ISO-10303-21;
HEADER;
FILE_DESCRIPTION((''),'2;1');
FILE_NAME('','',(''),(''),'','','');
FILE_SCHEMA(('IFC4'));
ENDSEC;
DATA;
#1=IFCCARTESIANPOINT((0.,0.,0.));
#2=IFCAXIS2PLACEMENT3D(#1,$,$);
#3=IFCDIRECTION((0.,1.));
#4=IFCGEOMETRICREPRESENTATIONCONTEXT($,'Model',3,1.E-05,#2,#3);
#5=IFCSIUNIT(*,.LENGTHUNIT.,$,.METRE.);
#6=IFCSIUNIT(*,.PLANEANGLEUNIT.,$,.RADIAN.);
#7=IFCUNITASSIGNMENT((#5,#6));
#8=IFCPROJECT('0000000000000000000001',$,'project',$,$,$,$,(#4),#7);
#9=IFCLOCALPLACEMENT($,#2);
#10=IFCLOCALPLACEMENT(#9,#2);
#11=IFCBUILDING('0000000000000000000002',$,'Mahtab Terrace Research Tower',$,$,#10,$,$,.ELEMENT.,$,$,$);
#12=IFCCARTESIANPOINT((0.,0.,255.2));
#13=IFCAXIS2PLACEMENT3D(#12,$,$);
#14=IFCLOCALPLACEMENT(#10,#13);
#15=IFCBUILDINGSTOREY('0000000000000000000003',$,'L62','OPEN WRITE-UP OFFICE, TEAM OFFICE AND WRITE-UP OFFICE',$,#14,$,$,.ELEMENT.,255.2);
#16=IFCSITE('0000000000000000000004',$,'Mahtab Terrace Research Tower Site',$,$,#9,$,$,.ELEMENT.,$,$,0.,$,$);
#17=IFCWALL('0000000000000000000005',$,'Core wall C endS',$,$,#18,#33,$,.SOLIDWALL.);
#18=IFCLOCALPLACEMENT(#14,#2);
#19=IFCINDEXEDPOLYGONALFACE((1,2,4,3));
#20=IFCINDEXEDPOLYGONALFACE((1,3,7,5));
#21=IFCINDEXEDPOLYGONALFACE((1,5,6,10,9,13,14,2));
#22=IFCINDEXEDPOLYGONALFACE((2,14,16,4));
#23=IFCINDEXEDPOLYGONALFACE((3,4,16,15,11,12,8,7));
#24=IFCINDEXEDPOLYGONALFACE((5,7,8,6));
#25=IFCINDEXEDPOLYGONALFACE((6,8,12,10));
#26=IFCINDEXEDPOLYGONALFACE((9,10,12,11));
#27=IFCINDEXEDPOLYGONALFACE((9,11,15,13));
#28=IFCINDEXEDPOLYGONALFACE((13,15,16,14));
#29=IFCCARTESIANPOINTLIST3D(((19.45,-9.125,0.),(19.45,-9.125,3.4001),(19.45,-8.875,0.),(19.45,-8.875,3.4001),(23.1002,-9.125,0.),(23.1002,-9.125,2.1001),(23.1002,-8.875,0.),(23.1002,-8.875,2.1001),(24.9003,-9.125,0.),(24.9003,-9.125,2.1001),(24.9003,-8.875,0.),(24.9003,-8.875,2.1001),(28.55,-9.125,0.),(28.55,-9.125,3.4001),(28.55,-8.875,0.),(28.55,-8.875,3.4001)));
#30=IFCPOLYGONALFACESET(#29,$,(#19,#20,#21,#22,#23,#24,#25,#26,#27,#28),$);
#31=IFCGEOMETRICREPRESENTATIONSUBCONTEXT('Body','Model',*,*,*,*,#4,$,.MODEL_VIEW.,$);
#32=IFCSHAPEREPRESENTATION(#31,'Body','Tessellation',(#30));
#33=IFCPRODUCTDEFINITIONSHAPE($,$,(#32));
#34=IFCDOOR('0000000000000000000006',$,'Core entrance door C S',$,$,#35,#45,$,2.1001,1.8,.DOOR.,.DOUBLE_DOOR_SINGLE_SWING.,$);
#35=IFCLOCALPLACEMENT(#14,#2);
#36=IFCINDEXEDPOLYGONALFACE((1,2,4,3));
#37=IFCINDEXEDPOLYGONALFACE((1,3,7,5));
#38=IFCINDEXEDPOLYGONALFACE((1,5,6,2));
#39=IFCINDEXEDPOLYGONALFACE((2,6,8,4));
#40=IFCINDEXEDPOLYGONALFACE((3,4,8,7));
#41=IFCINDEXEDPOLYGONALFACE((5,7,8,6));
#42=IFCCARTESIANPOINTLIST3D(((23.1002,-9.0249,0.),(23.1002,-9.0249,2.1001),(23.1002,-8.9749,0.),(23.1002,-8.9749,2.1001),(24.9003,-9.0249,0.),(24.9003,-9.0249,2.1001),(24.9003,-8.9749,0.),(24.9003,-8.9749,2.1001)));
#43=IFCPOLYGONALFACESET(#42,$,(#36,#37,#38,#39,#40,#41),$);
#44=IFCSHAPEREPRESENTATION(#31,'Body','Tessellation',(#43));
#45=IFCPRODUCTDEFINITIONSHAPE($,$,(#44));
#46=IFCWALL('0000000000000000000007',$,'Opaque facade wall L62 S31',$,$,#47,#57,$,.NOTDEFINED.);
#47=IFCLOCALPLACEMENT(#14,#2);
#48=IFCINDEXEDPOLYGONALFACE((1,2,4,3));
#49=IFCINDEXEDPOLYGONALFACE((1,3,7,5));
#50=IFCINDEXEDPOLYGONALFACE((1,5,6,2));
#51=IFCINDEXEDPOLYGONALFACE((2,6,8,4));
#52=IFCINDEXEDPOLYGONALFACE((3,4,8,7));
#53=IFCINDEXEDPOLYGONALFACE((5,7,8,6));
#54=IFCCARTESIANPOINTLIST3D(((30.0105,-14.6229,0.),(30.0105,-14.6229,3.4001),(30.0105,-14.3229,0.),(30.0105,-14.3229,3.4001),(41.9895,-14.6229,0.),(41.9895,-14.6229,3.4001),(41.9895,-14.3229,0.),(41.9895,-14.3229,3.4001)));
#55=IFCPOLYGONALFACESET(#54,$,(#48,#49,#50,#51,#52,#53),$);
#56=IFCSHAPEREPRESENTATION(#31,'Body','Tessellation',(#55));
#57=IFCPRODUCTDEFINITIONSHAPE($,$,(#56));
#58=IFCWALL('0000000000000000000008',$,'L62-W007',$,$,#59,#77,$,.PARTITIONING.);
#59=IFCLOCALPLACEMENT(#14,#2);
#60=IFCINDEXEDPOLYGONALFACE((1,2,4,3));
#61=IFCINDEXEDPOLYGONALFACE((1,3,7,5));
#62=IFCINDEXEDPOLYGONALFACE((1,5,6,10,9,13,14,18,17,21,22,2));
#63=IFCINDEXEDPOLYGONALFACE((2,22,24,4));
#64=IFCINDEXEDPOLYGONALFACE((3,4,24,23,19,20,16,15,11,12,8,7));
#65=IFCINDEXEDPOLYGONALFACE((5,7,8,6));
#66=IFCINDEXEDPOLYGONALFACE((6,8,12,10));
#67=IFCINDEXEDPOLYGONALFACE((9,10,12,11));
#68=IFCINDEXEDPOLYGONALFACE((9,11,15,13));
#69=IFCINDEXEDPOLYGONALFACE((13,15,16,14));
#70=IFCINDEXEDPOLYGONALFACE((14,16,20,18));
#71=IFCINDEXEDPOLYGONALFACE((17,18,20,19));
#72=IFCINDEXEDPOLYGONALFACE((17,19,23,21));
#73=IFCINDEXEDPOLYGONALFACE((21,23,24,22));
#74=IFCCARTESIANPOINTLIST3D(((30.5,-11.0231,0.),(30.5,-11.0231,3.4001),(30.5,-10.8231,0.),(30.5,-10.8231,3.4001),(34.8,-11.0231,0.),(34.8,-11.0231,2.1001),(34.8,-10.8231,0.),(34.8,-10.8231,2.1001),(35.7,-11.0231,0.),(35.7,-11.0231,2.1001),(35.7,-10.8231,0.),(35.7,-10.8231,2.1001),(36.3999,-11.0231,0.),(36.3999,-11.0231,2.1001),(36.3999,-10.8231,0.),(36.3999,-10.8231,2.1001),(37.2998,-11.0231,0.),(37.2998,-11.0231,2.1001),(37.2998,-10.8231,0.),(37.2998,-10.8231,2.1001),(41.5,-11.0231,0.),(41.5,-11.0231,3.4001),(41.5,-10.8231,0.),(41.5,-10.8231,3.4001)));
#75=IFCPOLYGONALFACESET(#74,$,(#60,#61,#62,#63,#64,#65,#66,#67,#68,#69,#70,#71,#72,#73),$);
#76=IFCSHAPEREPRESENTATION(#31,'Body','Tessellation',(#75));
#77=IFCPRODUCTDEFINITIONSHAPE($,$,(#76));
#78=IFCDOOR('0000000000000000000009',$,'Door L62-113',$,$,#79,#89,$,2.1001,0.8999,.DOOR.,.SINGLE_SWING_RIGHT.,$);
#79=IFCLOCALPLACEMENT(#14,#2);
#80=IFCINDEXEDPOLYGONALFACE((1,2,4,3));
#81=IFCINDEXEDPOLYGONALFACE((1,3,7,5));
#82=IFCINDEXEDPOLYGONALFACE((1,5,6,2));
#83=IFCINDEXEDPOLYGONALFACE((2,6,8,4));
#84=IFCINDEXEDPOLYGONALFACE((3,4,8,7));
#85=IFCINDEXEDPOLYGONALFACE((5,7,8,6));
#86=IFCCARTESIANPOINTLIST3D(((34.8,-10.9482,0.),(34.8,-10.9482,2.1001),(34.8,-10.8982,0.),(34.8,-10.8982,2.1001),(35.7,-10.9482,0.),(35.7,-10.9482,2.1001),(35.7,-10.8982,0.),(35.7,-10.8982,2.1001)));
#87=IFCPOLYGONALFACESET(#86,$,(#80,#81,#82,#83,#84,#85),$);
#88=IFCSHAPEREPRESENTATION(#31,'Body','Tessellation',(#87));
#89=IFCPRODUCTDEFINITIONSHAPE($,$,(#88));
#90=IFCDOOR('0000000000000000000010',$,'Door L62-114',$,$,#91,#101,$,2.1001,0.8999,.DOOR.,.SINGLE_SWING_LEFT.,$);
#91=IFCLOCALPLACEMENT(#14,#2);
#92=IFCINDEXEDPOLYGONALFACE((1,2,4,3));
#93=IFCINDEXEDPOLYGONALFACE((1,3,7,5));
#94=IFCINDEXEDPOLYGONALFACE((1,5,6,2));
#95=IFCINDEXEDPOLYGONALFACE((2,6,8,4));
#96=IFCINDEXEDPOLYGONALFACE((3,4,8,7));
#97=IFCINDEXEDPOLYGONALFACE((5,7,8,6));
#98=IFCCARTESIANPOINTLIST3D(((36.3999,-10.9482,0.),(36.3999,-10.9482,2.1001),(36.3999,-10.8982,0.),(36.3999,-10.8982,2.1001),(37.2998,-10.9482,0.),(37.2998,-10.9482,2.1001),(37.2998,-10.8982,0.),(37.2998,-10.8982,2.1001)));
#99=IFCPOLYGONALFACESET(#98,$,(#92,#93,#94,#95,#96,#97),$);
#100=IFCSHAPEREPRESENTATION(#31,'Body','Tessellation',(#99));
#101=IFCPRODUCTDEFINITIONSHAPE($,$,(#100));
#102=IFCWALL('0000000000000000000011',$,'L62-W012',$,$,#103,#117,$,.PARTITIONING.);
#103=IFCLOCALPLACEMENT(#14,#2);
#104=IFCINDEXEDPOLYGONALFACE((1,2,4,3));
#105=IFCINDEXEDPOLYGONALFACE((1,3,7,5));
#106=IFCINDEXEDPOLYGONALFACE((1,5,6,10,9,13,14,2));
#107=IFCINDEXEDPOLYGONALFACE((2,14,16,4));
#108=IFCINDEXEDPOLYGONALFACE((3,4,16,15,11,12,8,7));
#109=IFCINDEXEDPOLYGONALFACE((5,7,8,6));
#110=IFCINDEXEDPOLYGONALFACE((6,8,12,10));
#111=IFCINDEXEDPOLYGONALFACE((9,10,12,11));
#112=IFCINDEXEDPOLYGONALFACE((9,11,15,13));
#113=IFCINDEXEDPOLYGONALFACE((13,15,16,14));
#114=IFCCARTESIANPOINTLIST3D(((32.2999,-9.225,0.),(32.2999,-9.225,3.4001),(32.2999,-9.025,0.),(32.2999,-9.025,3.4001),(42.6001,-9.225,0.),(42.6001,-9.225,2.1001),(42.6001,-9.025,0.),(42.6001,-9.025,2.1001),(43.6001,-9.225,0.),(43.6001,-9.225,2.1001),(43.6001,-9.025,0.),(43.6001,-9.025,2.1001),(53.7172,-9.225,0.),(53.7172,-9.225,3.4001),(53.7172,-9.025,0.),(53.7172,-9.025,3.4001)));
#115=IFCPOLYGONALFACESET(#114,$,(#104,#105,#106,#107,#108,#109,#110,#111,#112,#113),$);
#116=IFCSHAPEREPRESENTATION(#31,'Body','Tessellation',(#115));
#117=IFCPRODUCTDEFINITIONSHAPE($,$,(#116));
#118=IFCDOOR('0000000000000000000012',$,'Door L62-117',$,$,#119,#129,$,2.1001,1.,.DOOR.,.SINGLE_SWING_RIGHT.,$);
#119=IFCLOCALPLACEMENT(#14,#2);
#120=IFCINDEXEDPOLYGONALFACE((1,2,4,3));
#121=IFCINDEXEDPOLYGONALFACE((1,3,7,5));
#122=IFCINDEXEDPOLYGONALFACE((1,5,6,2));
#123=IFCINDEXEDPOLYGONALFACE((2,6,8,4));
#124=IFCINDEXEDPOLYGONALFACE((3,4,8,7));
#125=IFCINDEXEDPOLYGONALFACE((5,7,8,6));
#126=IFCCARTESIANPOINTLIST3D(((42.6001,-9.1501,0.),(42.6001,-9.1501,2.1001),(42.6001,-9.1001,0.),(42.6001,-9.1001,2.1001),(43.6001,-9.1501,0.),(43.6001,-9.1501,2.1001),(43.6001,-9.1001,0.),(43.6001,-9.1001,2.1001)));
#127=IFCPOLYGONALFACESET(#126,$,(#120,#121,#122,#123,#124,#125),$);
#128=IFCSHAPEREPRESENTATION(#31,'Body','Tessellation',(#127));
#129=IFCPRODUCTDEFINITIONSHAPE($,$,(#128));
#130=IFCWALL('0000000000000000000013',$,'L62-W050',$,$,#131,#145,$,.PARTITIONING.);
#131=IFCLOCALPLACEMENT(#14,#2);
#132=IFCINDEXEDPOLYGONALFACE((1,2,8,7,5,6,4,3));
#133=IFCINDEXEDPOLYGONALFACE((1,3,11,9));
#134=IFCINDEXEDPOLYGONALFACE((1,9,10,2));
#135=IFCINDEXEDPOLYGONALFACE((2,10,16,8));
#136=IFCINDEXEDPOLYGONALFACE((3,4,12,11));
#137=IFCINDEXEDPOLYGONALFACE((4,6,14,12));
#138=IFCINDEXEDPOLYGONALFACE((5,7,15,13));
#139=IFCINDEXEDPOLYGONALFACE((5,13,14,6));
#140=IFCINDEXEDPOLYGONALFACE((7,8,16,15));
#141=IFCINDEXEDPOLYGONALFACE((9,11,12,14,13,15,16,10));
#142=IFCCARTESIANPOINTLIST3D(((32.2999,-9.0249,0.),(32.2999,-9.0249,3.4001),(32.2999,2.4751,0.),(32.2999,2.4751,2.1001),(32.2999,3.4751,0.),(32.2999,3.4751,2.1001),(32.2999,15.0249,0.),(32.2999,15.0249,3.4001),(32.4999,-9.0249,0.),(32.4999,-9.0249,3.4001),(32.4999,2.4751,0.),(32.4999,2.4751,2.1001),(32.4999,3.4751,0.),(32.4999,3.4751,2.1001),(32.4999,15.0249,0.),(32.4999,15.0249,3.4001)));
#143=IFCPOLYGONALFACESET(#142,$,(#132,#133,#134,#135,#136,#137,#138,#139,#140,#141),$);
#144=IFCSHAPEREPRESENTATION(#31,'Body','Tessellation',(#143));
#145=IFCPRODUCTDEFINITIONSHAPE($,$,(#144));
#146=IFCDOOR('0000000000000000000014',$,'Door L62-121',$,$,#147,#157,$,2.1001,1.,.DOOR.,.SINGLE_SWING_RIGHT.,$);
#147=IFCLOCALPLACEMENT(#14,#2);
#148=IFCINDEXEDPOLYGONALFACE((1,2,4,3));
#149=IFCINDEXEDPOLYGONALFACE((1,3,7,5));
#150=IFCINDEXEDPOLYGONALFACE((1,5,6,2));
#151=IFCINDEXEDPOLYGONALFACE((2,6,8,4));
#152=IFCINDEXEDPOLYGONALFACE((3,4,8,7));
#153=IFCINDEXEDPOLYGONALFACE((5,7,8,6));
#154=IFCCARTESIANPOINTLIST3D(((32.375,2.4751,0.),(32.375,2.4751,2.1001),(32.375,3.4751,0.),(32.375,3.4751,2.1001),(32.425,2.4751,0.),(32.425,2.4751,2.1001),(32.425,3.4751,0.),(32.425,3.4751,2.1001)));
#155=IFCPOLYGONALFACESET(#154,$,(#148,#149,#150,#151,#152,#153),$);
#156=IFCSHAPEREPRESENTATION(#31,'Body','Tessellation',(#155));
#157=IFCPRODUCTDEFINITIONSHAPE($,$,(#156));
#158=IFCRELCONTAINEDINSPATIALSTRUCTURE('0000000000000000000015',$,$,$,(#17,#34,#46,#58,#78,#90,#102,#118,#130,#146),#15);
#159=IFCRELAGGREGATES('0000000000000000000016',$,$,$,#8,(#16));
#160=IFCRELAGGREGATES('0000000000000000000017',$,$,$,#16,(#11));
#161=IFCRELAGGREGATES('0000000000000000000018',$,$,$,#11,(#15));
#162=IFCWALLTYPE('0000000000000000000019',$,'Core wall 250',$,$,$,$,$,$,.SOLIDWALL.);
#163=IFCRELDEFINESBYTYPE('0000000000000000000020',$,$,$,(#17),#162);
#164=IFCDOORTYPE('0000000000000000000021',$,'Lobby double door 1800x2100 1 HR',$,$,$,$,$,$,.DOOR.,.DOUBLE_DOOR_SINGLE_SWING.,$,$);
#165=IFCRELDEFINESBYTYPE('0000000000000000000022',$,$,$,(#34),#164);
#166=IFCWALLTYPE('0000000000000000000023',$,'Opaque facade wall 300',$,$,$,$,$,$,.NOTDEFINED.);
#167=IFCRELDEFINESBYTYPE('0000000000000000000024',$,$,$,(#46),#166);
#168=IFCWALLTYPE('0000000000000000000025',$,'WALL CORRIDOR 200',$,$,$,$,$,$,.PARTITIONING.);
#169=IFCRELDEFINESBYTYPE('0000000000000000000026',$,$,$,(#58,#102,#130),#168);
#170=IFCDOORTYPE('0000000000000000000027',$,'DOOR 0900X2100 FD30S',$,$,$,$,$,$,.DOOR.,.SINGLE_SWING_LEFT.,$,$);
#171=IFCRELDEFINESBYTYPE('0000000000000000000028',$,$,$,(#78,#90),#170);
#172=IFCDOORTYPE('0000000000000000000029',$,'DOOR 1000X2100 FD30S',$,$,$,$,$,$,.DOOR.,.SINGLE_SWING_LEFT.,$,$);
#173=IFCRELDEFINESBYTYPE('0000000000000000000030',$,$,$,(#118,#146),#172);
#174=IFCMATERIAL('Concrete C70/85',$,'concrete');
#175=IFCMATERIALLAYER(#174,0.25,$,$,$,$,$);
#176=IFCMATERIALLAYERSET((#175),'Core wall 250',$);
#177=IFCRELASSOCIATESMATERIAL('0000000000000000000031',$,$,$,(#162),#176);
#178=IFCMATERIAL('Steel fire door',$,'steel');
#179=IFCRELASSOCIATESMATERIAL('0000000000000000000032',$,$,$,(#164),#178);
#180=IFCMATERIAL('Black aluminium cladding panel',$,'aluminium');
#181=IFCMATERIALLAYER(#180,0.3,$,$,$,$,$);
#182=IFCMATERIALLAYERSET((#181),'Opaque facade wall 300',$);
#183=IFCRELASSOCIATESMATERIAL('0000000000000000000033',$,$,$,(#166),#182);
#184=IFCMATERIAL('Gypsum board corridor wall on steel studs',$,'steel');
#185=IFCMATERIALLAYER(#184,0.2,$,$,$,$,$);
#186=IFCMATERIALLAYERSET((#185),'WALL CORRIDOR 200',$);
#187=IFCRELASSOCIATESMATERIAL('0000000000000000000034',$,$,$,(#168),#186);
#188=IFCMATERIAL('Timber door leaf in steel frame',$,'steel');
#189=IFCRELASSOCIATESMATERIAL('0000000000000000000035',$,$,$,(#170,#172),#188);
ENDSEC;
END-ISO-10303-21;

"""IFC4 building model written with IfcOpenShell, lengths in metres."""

from ifc_helpers import new_model, si_unit, direction, frame, frame_2d, origin, place, context, subcontext, project, spatial, rectangle, extrude, material, layer, layer_set, type_object, element, fill, save


model = new_model("IFC4")

# Units and contexts
model_context = context("Model", 3, precision=1e-05, world=origin(), true_north=direction((0.0, 1.0)))
body_context = subcontext(model_context, "Body", "Model", "MODEL_VIEW")
ifc_project = project(units=[si_unit("LENGTHUNIT", "METRE"), si_unit("PLANEANGLEUNIT", "RADIAN")], contexts=[model_context])

# Site, building, storey
site_placement = place(None, origin())
site = spatial("IfcSite", under=ifc_project, at=site_placement, Name="Mahtab Terrace Research Tower Site", CompositionType="ELEMENT", RefElevation=0.0)
building_placement = place(site_placement, origin())
building = spatial("IfcBuilding", under=site, at=building_placement, Name="Mahtab Terrace Research Tower", CompositionType="ELEMENT")
storey_placement = place(building_placement, frame((0.0, 0.0, 255.2)))
storey = spatial("IfcBuildingStorey", under=building, at=storey_placement, Name="L62", Description="OPEN WRITE-UP OFFICE, TEAM OFFICE AND WRITE-UP OFFICE", CompositionType="ELEMENT", Elevation=255.2)

# Shared definitions
ifc_material_1 = material(Name="Concrete C70/85", Category="concrete")

# Shared definitions
ifc_layer_1 = layer(ifc_material_1, 0.25)
ifc_layer_set_1 = layer_set([ifc_layer_1], Name="Core wall 250")
wall_type_1 = type_object("IfcWallType", Name="Core wall 250", PredefinedType="SOLIDWALL", material=ifc_layer_set_1)
ifc_material_2 = material(Name="Steel fire door", Category="steel")

# Wall, opening, door
wall_1_placement = place(storey_placement, frame((28.55, -9.0, 0.0), z_axis=(0.0, 0.0, 1.0), x_axis=(-1.0, 0.0, 0.0)))
wall_1 = element("IfcWall", 1, at=wall_1_placement, inside=storey, type_object=wall_type_1, Name="Core wall C endS", PredefinedType="SOLIDWALL", context=body_context, shape_type="SweptSolid", body=[
    extrude(rectangle(XDim=9.1001, YDim=0.25, at=frame_2d((4.55, 0.0))), origin(), (0.0, 0.0, 1.0), 3.4001),
])
opening_1_placement = place(wall_1_placement, frame((3.6499, 0.0, 0.0)))
opening_1 = element("IfcOpeningElement", 2, at=opening_1_placement, cuts=wall_1, PredefinedType="OPENING", context=body_context, shape_type="SweptSolid", body=[
    extrude(rectangle(XDim=1.8, YDim=2.1001, at=frame_2d((0.8999, 1.05))), frame((0.0, 0.135, 0.0), z_axis=(0.0, -1.0, 0.0), x_axis=(1.0, 0.0, 0.0)), (0.0, 0.0, 1.0), 0.27),
])
door_type_1 = type_object("IfcDoorType", Name="Lobby double door 1800x2100 1 HR", OperationType="DOUBLE_DOOR_SINGLE_SWING", PredefinedType="DOOR", material=ifc_material_2)
door_1_placement = place(opening_1_placement, origin())
door_1 = element("IfcDoor", 3, at=door_1_placement, inside=storey, type_object=door_type_1, Name="Core entrance door C S", OperationType="DOUBLE_DOOR_SINGLE_SWING", OverallHeight=2.1001, OverallWidth=1.8, PredefinedType="DOOR", context=body_context, shape_type="SweptSolid", body=[
    extrude(rectangle(XDim=1.8, YDim=2.1001, at=frame_2d((0.8999, 1.05))), frame((0.0, 0.0249, 0.0), z_axis=(0.0, -1.0, 0.0), x_axis=(1.0, 0.0, 0.0)), (0.0, 0.0, 1.0), 0.05),
])
fill(opening_1, door_1)

# Wall
ifc_material_3 = material(Name="Black aluminium cladding panel", Category="aluminium")
ifc_layer_2 = layer(ifc_material_3, 0.3)
ifc_layer_set_2 = layer_set([ifc_layer_2], Name="Opaque facade wall 300")
wall_type_2 = type_object("IfcWallType", Name="Opaque facade wall 300", PredefinedType="NOTDEFINED", material=ifc_layer_set_2)
wall_2_placement = place(storey_placement, frame((30.0105, -14.4729, 0.0), z_axis=(0.0, 0.0, 1.0), x_axis=(1.0, 0.0, 0.0)))
element("IfcWall", 4, at=wall_2_placement, inside=storey, type_object=wall_type_2, Name="Opaque facade wall L62 S31", PredefinedType="NOTDEFINED", context=body_context, shape_type="SweptSolid", body=[
    extrude(rectangle(XDim=11.979, YDim=0.3, at=frame_2d((5.9895, 0.0))), origin(), (0.0, 0.0, 1.0), 3.4001),
])

# Wall, openings, doors
ifc_material_4 = material(Name="Gypsum board corridor wall on steel studs", Category="steel")
ifc_layer_3 = layer(ifc_material_4, 0.2)
ifc_layer_set_3 = layer_set([ifc_layer_3], Name="WALL CORRIDOR 200")
wall_type_3 = type_object("IfcWallType", Name="WALL CORRIDOR 200", PredefinedType="PARTITIONING", material=ifc_layer_set_3)
wall_3_placement = place(storey_placement, frame((30.5, -10.9231, 0.0), z_axis=(0.0, 0.0, 1.0), x_axis=(1.0, 0.0, 0.0)))
wall_3 = element("IfcWall", 5, at=wall_3_placement, inside=storey, type_object=wall_type_3, Name="L62-W007", PredefinedType="PARTITIONING", context=body_context, shape_type="SweptSolid", body=[
    extrude(rectangle(XDim=11.0, YDim=0.2, at=frame_2d((5.5, 0.0))), origin(), (0.0, 0.0, 1.0), 3.4001),
])
opening_2_placement = place(wall_3_placement, frame((4.3, 0.0, 0.0)))
opening_2 = element("IfcOpeningElement", 6, at=opening_2_placement, cuts=wall_3, PredefinedType="OPENING", context=body_context, shape_type="SweptSolid", body=[
    extrude(rectangle(XDim=0.8999, YDim=2.1001, at=frame_2d((0.45, 1.05))), frame((0.0, 0.1099, 0.0), z_axis=(0.0, -1.0, 0.0), x_axis=(1.0, 0.0, 0.0)), (0.0, 0.0, 1.0), 0.22),
])
opening_3_placement = place(wall_3_placement, frame((5.8999, 0.0, 0.0)))
opening_3 = element("IfcOpeningElement", 7, at=opening_3_placement, cuts=wall_3, PredefinedType="OPENING", context=body_context, shape_type="SweptSolid", body=[
    extrude(rectangle(XDim=0.8999, YDim=2.1001, at=frame_2d((0.45, 1.05))), frame((0.0, 0.1099, 0.0), z_axis=(0.0, -1.0, 0.0), x_axis=(1.0, 0.0, 0.0)), (0.0, 0.0, 1.0), 0.22),
])
ifc_material_5 = material(Name="Timber door leaf in steel frame", Category="steel")
door_type_2 = type_object("IfcDoorType", Name="DOOR 0900X2100 FD30S", OperationType="SINGLE_SWING_LEFT", PredefinedType="DOOR", material=ifc_material_5)
door_2_placement = place(opening_2_placement, origin())
door_2 = element("IfcDoor", 8, at=door_2_placement, inside=storey, type_object=door_type_2, Name="Door L62-113", OperationType="SINGLE_SWING_RIGHT", OverallHeight=2.1001, OverallWidth=0.8999, PredefinedType="DOOR", context=body_context, shape_type="SweptSolid", body=[
    extrude(rectangle(XDim=0.8999, YDim=2.1001, at=frame_2d((0.45, 1.05))), frame((0.0, 0.0249, 0.0), z_axis=(0.0, -1.0, 0.0), x_axis=(1.0, 0.0, 0.0)), (0.0, 0.0, 1.0), 0.05),
])
fill(opening_2, door_2)
door_3_placement = place(opening_3_placement, origin())
door_3 = element("IfcDoor", 9, at=door_3_placement, inside=storey, type_object=door_type_2, Name="Door L62-114", OperationType="SINGLE_SWING_LEFT", OverallHeight=2.1001, OverallWidth=0.8999, PredefinedType="DOOR", context=body_context, shape_type="SweptSolid", body=[
    extrude(rectangle(XDim=0.8999, YDim=2.1001, at=frame_2d((0.45, 1.05))), frame((0.0, 0.0249, 0.0), z_axis=(0.0, -1.0, 0.0), x_axis=(1.0, 0.0, 0.0)), (0.0, 0.0, 1.0), 0.05),
])
fill(opening_3, door_3)

# Walls, openings, doors
wall_4_placement = place(storey_placement, frame((32.3, -9.125, 0.0), z_axis=(0.0, 0.0, 1.0), x_axis=(1.0, 0.0, 0.0)))
wall_4 = element("IfcWall", 10, at=wall_4_placement, inside=storey, type_object=wall_type_3, Name="L62-W012", PredefinedType="PARTITIONING", context=body_context, shape_type="SweptSolid", body=[
    extrude(rectangle(XDim=21.4172, YDim=0.2, at=frame_2d((10.7085, 0.0))), origin(), (0.0, 0.0, 1.0), 3.4001),
])
opening_4_placement = place(wall_4_placement, frame((10.3, 0.0, 0.0)))
opening_4 = element("IfcOpeningElement", 11, at=opening_4_placement, cuts=wall_4, PredefinedType="OPENING", context=body_context, shape_type="SweptSolid", body=[
    extrude(rectangle(XDim=1.0, YDim=2.1001, at=frame_2d((0.5, 1.05))), frame((0.0, 0.1099, 0.0), z_axis=(0.0, -1.0, 0.0), x_axis=(1.0, 0.0, 0.0)), (0.0, 0.0, 1.0), 0.22),
])
door_type_3 = type_object("IfcDoorType", Name="DOOR 1000X2100 FD30S", OperationType="SINGLE_SWING_LEFT", PredefinedType="DOOR", material=ifc_material_5)
door_4_placement = place(opening_4_placement, origin())
door_4 = element("IfcDoor", 12, at=door_4_placement, inside=storey, type_object=door_type_3, Name="Door L62-117", OperationType="SINGLE_SWING_RIGHT", OverallHeight=2.1001, OverallWidth=1.0, PredefinedType="DOOR", context=body_context, shape_type="SweptSolid", body=[
    extrude(rectangle(XDim=1.0, YDim=2.1001, at=frame_2d((0.5, 1.05))), frame((0.0, 0.0249, 0.0), z_axis=(0.0, -1.0, 0.0), x_axis=(1.0, 0.0, 0.0)), (0.0, 0.0, 1.0), 0.05),
])
fill(opening_4, door_4)
wall_5_placement = place(storey_placement, frame((32.3999, -9.0249, 0.0), z_axis=(0.0, 0.0, 1.0), x_axis=(0.0, 1.0, 0.0)))
wall_5 = element("IfcWall", 13, at=wall_5_placement, inside=storey, type_object=wall_type_3, Name="L62-W050", PredefinedType="PARTITIONING", context=body_context, shape_type="SweptSolid", body=[
    extrude(rectangle(XDim=24.0498, YDim=0.2, at=frame_2d((12.0249, 0.0))), origin(), (0.0, 0.0, 1.0), 3.4001),
])
opening_5_placement = place(wall_5_placement, frame((11.5, 0.0, 0.0)))
opening_5 = element("IfcOpeningElement", 14, at=opening_5_placement, cuts=wall_5, PredefinedType="OPENING", context=body_context, shape_type="SweptSolid", body=[
    extrude(rectangle(XDim=1.0, YDim=2.1001, at=frame_2d((0.5, 1.05))), frame((0.0, 0.1099, 0.0), z_axis=(0.0, -1.0, 0.0), x_axis=(1.0, 0.0, 0.0)), (0.0, 0.0, 1.0), 0.22),
])
door_5_placement = place(opening_5_placement, origin())
door_5 = element("IfcDoor", 15, at=door_5_placement, inside=storey, type_object=door_type_3, Name="Door L62-121", OperationType="SINGLE_SWING_RIGHT", OverallHeight=2.1001, OverallWidth=1.0, PredefinedType="DOOR", context=body_context, shape_type="SweptSolid", body=[
    extrude(rectangle(XDim=1.0, YDim=2.1001, at=frame_2d((0.5, 1.05))), frame((0.0, 0.0249, 0.0), z_axis=(0.0, -1.0, 0.0), x_axis=(1.0, 0.0, 0.0)), (0.0, 0.0, 1.0), 0.05),
])
fill(opening_5, door_5)

save(model, "model.ifc")
